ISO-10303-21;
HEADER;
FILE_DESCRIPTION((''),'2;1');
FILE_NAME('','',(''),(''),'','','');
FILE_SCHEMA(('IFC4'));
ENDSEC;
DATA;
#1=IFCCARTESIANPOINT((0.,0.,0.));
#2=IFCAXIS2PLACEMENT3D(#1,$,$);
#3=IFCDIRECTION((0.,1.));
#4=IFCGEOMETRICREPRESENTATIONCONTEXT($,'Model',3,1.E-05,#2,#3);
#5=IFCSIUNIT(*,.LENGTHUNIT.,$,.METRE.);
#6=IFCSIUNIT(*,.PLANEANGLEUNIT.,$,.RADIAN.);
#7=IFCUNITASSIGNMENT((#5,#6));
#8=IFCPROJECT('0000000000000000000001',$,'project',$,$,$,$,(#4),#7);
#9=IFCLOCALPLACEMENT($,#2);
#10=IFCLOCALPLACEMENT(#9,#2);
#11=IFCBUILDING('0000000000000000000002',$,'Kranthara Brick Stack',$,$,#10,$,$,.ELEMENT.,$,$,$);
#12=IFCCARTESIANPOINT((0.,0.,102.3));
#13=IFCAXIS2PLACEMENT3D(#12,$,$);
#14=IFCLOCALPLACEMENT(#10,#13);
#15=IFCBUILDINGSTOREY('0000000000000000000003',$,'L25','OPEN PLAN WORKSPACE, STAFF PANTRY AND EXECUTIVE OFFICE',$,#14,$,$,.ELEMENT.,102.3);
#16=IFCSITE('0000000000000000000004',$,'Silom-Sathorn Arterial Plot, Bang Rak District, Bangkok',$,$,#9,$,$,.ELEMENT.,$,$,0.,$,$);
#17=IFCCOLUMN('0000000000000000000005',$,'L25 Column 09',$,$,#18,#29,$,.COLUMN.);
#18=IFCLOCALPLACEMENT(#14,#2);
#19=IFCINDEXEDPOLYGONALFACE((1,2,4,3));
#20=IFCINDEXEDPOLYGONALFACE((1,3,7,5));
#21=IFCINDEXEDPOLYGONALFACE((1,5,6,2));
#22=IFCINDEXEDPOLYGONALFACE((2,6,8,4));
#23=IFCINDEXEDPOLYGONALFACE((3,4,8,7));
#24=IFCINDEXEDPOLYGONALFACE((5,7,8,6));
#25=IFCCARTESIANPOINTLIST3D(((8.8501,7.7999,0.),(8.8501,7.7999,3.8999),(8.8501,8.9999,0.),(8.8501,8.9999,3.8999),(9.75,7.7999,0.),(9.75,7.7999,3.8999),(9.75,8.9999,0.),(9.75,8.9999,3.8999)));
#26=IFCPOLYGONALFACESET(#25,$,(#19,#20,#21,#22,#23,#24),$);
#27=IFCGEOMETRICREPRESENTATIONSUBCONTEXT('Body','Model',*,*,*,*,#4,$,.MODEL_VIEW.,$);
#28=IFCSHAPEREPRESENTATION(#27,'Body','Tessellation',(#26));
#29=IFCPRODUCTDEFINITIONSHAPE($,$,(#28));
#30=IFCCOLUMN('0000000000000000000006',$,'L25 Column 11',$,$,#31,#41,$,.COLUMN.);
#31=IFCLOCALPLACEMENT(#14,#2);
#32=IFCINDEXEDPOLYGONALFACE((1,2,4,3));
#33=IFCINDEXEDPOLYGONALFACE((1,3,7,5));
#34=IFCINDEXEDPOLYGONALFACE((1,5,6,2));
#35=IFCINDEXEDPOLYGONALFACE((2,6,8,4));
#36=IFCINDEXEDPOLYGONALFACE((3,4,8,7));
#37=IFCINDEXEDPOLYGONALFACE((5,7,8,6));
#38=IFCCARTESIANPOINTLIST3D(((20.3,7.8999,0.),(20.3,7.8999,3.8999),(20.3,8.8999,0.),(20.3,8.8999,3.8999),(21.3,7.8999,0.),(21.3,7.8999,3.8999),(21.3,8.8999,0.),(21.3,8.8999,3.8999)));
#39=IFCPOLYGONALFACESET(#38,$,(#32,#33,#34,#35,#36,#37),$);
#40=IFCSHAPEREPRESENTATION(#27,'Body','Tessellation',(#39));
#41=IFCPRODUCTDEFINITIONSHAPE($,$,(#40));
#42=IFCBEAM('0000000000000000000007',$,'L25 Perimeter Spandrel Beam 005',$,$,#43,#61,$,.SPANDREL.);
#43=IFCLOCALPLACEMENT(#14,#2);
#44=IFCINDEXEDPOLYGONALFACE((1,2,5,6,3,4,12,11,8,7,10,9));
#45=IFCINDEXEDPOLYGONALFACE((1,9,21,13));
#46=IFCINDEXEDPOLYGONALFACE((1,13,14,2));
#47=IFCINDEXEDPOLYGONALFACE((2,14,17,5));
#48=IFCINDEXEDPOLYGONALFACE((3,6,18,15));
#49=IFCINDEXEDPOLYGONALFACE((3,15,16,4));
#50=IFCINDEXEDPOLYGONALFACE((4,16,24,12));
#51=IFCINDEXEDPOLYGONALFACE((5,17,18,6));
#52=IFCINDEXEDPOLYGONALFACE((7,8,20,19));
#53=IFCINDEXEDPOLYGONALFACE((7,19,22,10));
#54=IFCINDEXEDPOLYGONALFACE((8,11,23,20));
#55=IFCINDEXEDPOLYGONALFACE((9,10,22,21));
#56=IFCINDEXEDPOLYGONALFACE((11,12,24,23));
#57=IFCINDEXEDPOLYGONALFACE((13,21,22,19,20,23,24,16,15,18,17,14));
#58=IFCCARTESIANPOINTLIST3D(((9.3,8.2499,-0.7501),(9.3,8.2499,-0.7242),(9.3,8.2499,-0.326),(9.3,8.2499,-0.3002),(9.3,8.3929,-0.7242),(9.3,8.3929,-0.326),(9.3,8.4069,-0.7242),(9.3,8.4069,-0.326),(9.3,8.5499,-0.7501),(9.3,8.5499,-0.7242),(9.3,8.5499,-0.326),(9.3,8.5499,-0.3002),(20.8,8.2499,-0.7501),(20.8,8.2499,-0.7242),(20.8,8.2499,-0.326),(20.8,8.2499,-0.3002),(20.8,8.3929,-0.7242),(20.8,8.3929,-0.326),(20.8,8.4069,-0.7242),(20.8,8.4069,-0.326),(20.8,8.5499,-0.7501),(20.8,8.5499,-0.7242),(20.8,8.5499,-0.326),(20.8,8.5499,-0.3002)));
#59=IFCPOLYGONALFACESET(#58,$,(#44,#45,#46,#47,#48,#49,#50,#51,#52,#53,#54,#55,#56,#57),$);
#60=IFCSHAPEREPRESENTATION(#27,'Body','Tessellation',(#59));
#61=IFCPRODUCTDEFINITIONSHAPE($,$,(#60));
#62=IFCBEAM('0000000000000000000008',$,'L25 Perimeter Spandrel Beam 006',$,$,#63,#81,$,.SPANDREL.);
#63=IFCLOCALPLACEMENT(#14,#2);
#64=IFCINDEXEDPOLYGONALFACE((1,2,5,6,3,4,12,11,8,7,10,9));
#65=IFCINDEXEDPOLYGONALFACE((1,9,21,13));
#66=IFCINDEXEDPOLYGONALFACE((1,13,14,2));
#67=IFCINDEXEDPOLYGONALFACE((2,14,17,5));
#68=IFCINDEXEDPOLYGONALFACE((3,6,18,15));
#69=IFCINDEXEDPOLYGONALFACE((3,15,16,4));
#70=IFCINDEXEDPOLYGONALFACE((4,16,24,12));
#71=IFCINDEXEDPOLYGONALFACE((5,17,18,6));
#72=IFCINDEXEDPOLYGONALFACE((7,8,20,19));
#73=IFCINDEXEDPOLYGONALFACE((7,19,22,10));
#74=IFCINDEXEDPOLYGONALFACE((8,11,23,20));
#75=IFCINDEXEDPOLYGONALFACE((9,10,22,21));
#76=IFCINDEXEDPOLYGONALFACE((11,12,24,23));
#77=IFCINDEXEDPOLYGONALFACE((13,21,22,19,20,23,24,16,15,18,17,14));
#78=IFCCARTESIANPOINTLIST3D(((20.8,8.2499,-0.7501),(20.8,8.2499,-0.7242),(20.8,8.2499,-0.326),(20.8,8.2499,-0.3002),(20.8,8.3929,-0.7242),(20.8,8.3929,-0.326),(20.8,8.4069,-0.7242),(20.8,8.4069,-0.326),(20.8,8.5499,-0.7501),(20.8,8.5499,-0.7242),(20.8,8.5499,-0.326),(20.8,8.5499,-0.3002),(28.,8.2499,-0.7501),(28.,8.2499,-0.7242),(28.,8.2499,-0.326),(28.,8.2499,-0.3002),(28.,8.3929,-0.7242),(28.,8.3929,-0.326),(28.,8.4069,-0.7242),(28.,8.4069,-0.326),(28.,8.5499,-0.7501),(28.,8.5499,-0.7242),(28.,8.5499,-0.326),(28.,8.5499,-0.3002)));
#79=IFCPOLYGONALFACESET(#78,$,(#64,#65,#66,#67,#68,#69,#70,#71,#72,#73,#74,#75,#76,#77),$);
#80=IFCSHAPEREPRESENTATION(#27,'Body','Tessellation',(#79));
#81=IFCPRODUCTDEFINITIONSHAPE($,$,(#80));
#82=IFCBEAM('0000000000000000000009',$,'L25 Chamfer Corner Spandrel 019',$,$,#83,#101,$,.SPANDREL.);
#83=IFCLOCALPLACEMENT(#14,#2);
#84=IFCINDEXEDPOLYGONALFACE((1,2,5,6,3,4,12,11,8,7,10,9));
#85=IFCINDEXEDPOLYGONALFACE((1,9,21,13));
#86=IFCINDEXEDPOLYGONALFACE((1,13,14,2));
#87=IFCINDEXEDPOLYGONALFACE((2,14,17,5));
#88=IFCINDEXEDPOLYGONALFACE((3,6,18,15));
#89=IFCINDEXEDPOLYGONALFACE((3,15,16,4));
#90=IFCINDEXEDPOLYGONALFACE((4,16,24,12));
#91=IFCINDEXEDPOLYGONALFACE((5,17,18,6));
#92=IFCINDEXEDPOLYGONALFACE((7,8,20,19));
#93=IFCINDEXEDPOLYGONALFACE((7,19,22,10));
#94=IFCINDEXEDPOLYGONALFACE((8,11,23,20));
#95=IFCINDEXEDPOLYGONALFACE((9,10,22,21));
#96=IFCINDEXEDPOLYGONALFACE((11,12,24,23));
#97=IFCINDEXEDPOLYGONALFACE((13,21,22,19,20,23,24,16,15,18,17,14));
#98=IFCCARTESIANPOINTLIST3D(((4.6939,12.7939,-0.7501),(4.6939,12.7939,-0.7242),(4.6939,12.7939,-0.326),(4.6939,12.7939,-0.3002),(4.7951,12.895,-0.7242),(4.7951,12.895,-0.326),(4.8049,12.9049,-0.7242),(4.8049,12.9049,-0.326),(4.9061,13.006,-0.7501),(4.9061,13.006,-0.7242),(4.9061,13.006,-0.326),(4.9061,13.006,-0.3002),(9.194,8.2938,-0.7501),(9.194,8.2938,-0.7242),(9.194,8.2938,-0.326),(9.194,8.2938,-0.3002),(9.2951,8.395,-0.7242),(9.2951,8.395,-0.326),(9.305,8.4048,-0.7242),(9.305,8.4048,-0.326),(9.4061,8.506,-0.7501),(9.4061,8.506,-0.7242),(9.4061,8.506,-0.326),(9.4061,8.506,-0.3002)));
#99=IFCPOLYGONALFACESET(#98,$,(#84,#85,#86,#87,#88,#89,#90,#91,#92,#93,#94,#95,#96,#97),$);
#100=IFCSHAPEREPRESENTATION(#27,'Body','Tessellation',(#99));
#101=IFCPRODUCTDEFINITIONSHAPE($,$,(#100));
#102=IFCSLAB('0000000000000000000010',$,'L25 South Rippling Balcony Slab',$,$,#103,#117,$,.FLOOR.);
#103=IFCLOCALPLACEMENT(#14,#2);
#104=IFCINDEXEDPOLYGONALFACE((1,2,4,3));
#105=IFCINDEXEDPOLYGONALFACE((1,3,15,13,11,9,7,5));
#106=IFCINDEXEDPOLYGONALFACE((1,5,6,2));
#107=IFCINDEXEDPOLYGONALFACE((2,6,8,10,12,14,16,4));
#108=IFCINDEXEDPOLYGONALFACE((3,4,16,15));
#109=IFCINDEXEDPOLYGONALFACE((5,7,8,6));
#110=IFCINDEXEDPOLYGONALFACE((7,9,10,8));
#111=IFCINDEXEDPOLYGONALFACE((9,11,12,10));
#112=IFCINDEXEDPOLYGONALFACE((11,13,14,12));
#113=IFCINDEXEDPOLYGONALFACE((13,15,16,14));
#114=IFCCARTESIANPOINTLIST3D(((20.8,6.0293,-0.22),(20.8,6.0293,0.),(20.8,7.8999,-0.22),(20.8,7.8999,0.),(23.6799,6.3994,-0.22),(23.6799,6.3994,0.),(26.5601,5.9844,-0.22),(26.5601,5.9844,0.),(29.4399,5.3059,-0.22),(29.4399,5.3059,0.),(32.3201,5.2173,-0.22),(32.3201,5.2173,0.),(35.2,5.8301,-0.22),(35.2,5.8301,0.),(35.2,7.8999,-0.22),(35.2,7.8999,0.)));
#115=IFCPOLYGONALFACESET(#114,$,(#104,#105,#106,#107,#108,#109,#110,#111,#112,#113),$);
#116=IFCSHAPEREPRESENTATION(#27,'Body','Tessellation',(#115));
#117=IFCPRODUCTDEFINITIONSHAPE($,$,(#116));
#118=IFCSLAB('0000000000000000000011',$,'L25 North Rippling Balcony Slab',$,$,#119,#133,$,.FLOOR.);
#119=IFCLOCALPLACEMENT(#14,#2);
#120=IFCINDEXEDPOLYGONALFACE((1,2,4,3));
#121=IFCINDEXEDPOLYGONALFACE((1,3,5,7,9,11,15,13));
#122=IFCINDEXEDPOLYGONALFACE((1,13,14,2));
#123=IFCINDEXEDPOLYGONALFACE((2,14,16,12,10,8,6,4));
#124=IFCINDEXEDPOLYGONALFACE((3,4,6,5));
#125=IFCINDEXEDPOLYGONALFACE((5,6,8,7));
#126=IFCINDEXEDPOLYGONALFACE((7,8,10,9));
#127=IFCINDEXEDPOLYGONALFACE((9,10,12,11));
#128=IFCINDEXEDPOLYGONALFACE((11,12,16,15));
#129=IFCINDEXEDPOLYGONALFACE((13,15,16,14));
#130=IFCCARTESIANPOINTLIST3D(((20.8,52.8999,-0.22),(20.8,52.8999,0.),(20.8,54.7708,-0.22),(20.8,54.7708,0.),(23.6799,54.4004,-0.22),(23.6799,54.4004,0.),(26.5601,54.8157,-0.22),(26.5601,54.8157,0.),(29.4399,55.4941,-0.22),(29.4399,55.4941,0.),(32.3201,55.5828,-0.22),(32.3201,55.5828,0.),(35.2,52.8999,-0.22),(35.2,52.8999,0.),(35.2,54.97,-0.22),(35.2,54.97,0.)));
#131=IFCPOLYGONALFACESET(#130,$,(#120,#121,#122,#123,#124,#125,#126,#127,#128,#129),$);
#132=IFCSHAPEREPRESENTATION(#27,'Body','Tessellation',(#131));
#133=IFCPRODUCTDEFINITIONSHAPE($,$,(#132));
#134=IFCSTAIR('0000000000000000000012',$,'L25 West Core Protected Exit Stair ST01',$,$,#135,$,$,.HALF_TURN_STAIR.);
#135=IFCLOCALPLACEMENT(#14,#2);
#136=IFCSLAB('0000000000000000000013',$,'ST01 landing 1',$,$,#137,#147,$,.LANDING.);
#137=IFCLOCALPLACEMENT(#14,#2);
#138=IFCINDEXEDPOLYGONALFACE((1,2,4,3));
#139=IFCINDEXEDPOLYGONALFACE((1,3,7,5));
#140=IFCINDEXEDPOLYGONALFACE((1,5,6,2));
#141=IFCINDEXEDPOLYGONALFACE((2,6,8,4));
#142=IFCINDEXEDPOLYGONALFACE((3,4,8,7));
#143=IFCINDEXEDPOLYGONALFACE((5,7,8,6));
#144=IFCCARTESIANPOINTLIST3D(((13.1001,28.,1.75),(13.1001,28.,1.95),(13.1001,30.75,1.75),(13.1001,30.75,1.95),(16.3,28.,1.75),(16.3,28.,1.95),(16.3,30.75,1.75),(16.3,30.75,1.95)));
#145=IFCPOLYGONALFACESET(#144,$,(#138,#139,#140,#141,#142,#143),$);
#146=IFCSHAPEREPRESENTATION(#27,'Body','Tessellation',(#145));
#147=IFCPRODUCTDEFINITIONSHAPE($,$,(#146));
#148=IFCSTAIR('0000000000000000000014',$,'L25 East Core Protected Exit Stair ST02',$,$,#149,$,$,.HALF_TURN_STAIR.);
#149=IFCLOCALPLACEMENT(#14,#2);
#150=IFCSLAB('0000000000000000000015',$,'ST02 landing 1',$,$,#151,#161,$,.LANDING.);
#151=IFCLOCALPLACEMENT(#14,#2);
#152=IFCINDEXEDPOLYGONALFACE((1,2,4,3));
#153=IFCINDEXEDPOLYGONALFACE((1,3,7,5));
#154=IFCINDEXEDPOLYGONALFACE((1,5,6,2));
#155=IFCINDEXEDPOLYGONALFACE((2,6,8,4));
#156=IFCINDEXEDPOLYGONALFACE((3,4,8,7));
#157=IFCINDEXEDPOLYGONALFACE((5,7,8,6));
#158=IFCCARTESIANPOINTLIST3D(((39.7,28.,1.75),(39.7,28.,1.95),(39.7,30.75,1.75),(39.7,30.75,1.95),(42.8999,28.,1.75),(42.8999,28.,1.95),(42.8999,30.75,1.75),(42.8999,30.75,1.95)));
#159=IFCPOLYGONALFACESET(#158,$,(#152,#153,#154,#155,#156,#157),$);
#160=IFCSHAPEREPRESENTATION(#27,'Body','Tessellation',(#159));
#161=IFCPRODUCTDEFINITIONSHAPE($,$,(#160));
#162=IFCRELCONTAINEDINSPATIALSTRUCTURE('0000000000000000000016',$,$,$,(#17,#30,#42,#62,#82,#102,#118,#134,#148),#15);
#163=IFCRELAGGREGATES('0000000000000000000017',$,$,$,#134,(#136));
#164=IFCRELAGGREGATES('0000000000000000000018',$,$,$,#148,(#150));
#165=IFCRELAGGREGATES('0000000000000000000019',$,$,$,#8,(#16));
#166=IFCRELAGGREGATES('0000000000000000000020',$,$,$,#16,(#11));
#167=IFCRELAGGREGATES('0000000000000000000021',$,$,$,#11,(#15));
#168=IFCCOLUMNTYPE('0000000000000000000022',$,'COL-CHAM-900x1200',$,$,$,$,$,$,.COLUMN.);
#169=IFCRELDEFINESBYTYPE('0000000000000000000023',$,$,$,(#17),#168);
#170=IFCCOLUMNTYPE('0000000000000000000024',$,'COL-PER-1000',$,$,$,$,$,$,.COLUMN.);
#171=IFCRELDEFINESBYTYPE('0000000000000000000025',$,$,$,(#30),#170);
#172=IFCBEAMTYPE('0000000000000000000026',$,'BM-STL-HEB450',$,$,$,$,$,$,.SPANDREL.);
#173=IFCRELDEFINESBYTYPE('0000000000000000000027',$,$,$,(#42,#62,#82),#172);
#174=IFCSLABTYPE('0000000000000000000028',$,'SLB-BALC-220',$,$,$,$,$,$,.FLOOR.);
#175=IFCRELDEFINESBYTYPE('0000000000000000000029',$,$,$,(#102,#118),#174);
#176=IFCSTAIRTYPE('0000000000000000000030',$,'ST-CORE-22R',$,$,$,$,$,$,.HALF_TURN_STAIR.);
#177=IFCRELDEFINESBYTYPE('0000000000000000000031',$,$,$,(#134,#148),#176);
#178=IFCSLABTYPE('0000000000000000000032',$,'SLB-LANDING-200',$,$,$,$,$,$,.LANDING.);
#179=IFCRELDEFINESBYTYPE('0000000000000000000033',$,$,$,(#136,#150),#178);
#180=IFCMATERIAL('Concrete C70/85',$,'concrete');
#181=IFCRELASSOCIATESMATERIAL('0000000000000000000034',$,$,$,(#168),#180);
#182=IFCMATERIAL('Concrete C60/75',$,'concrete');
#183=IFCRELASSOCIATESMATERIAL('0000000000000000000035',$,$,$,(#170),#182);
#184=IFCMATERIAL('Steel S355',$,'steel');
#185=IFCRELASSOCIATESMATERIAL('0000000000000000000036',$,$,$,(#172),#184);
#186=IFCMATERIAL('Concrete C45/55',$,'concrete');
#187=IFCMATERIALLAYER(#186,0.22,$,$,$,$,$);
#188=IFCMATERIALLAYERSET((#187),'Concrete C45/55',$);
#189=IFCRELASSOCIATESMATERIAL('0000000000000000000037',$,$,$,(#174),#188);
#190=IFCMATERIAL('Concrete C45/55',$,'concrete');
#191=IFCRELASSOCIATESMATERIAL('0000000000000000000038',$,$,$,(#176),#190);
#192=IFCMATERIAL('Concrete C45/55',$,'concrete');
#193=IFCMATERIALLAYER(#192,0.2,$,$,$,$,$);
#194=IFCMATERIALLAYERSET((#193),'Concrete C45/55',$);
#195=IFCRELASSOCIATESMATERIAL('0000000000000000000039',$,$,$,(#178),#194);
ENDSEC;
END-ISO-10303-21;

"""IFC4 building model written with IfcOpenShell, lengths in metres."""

from ifc_helpers import new_model, si_unit, direction, frame, origin, origin_2d, place, context, subcontext, project, spatial, polyline, rectangle, i_section, outline, extrude, material, layer, layer_set, material_profile, profile_set, type_object, element, aggregate, save


model = new_model("IFC4")

# Units and contexts
model_context = context("Model", 3, precision=1e-05, world=origin(), true_north=direction((0.0, 1.0)))
body_context = subcontext(model_context, "Body", "Model", "MODEL_VIEW")
ifc_project = project(units=[si_unit("LENGTHUNIT", "METRE"), si_unit("PLANEANGLEUNIT", "RADIAN")], contexts=[model_context])

# Site, building, storey
site_placement = place(None, origin())
site = spatial("IfcSite", under=ifc_project, at=site_placement, Name="Silom-Sathorn Arterial Plot, Bang Rak District, Bangkok", CompositionType="ELEMENT", RefElevation=0.0)
building_placement = place(site_placement, origin())
building = spatial("IfcBuilding", under=site, at=building_placement, Name="Kranthara Brick Stack", CompositionType="ELEMENT")
storey_placement = place(building_placement, frame((0.0, 0.0, 102.3)))
storey = spatial("IfcBuildingStorey", under=building, at=storey_placement, Name="L25", Description="OPEN PLAN WORKSPACE, STAFF PANTRY AND EXECUTIVE OFFICE", CompositionType="ELEMENT", Elevation=102.3)

# Columns
ifc_material_1 = material(Name="Concrete C70/85", Category="concrete")
ifc_material_profile_1 = material_profile(ifc_material_1, rectangle(XDim=0.8999, YDim=1.2, at=origin_2d()), Name="RC 900x1200")
ifc_profile_set_1 = profile_set([ifc_material_profile_1], Name="Concrete C70/85")
column_type_1 = type_object("IfcColumnType", Name="COL-CHAM-900x1200", PredefinedType="COLUMN", material=ifc_profile_set_1)
column_1_placement = place(storey_placement, frame((9.3, 8.3999, 0.0), z_axis=(0.0, 0.0, 1.0), x_axis=(1.0, 0.0, 0.0)))
element("IfcColumn", 1, at=column_1_placement, inside=storey, type_object=column_type_1, Name="L25 Column 09", PredefinedType="COLUMN", context=body_context, shape_type="SweptSolid", body=[
    extrude(rectangle(XDim=0.8999, YDim=1.2, at=origin_2d()), origin(), (0.0, 0.0, 1.0), 3.8999),
])
ifc_material_2 = material(Name="Concrete C60/75", Category="concrete")
ifc_material_profile_2 = material_profile(ifc_material_2, rectangle(XDim=1.0, YDim=1.0, at=origin_2d()), Name="RC 1000x1000")
ifc_profile_set_2 = profile_set([ifc_material_profile_2], Name="Concrete C60/75")
column_type_2 = type_object("IfcColumnType", Name="COL-PER-1000", PredefinedType="COLUMN", material=ifc_profile_set_2)
column_2_placement = place(storey_placement, frame((20.8, 8.3999, 0.0), z_axis=(0.0, 0.0, 1.0), x_axis=(1.0, 0.0, 0.0)))
element("IfcColumn", 2, at=column_2_placement, inside=storey, type_object=column_type_2, Name="L25 Column 11", PredefinedType="COLUMN", context=body_context, shape_type="SweptSolid", body=[
    extrude(rectangle(XDim=1.0, YDim=1.0, at=origin_2d()), origin(), (0.0, 0.0, 1.0), 3.8999),
])

# Beams
ifc_material_3 = material(Name="Steel S355", Category="steel")
ifc_material_profile_3 = material_profile(ifc_material_3, i_section(OverallWidth=0.3, OverallDepth=0.45, WebThickness=0.0139, FlangeThickness=0.0259, at=origin_2d()), Name="HEB 450")
ifc_profile_set_3 = profile_set([ifc_material_profile_3], Name="Steel S355")
beam_type = type_object("IfcBeamType", Name="BM-STL-HEB450", PredefinedType="SPANDREL", material=ifc_profile_set_3)
beam_1_placement = place(storey_placement, frame((9.3, 8.3999, -0.5251), z_axis=(1.0, 0.0, 0.0), x_axis=(0.0, 1.0, 0.0)))
element("IfcBeam", 3, at=beam_1_placement, inside=storey, type_object=beam_type, Name="L25 Perimeter Spandrel Beam 005", PredefinedType="SPANDREL", context=body_context, shape_type="SweptSolid", body=[
    extrude(i_section(OverallWidth=0.3, OverallDepth=0.45, WebThickness=0.0139, FlangeThickness=0.0259, at=origin_2d()), origin(), (0.0, 0.0, 1.0), 11.5),
])
beam_2_placement = place(storey_placement, frame((20.8, 8.3999, -0.5251), z_axis=(1.0, 0.0, 0.0), x_axis=(0.0, 1.0, 0.0)))
element("IfcBeam", 4, at=beam_2_placement, inside=storey, type_object=beam_type, Name="L25 Perimeter Spandrel Beam 006", PredefinedType="SPANDREL", context=body_context, shape_type="SweptSolid", body=[
    extrude(i_section(OverallWidth=0.3, OverallDepth=0.45, WebThickness=0.0139, FlangeThickness=0.0259, at=origin_2d()), origin(), (0.0, 0.0, 1.0), 7.2),
])
beam_3_placement = place(storey_placement, frame((9.3, 8.3999, -0.5251), z_axis=(-0.707107, 0.707107, 0.0), x_axis=(-0.707107, -0.707107, 0.0)))
element("IfcBeam", 5, at=beam_3_placement, inside=storey, type_object=beam_type, Name="L25 Chamfer Corner Spandrel 019", PredefinedType="SPANDREL", context=body_context, shape_type="SweptSolid", body=[
    extrude(i_section(OverallWidth=0.3, OverallDepth=0.45, WebThickness=0.0139, FlangeThickness=0.0259, at=origin_2d()), origin(), (0.0, 0.0, 1.0), 6.364),
])

# Slabs
ifc_material_4 = material(Name="Concrete C45/55", Category="concrete")
ifc_layer_1 = layer(ifc_material_4, 0.22)
ifc_layer_set_1 = layer_set([ifc_layer_1], Name="Concrete C45/55")
slab_type_1 = type_object("IfcSlabType", Name="SLB-BALC-220", PredefinedType="FLOOR", material=ifc_layer_set_1)
slab_1_placement = place(storey_placement, frame((0.0, 0.0, -0.22)))
element("IfcSlab", 6, at=slab_1_placement, inside=storey, type_object=slab_type_1, Name="L25 South Rippling Balcony Slab", PredefinedType="FLOOR", context=body_context, shape_type="SweptSolid", body=[
    extrude(outline(polyline([(20.8, 7.8999), (35.2, 7.8999), (35.2, 5.8301), (32.3201, 5.2173), (29.4399, 5.3059), (26.5601, 5.9844), (23.6799, 6.3994), (20.8, 6.0293), (20.8, 7.8999)])), origin(), (0.0, 0.0, 1.0), 0.22),
])
slab_2_placement = place(storey_placement, frame((0.0, 0.0, -0.22)))
element("IfcSlab", 7, at=slab_2_placement, inside=storey, type_object=slab_type_1, Name="L25 North Rippling Balcony Slab", PredefinedType="FLOOR", context=body_context, shape_type="SweptSolid", body=[
    extrude(outline(polyline([(35.2, 52.8999), (20.8, 52.8999), (20.8, 54.7708), (23.6799, 54.4004), (26.5601, 54.8157), (29.4399, 55.4941), (32.3201, 55.5828), (35.2, 54.97), (35.2, 52.8999)])), origin(), (0.0, 0.0, 1.0), 0.22),
])

# Stairs, slabs
ifc_material_5 = material(Name="Concrete C45/55", Category="concrete")
stair_type = type_object("IfcStairType", Name="ST-CORE-22R", PredefinedType="HALF_TURN_STAIR", material=ifc_material_5)
stair_1_placement = place(storey_placement, origin())
stair_1 = element("IfcStair", 8, at=stair_1_placement, inside=storey, type_object=stair_type, Name="L25 West Core Protected Exit Stair ST01", PredefinedType="HALF_TURN_STAIR")
ifc_material_6 = material(Name="Concrete C45/55", Category="concrete")
ifc_layer_2 = layer(ifc_material_6, 0.2)
ifc_layer_set_2 = layer_set([ifc_layer_2], Name="Concrete C45/55")
slab_type_2 = type_object("IfcSlabType", Name="SLB-LANDING-200", PredefinedType="LANDING", material=ifc_layer_set_2)
slab_3_placement = place(storey_placement, frame((0.0, 0.0, 1.75)))
slab_3 = element("IfcSlab", 9, at=slab_3_placement, type_object=slab_type_2, Name="ST01 landing 1", PredefinedType="LANDING", context=body_context, shape_type="SweptSolid", body=[
    extrude(outline(polyline([(16.3, 28.0), (16.3, 30.75), (13.1001, 30.75), (13.1001, 28.0), (16.3, 28.0)])), origin(), (0.0, 0.0, 1.0), 0.2),
])
aggregate(stair_1, [slab_3])
stair_2_placement = place(storey_placement, origin())
stair_2 = element("IfcStair", 10, at=stair_2_placement, inside=storey, type_object=stair_type, Name="L25 East Core Protected Exit Stair ST02", PredefinedType="HALF_TURN_STAIR")
slab_4_placement = place(storey_placement, frame((0.0, 0.0, 1.75)))
slab_4 = element("IfcSlab", 11, at=slab_4_placement, type_object=slab_type_2, Name="ST02 landing 1", PredefinedType="LANDING", context=body_context, shape_type="SweptSolid", body=[
    extrude(outline(polyline([(42.8999, 28.0), (42.8999, 30.75), (39.7, 30.75), (39.7, 28.0), (42.8999, 28.0)])), origin(), (0.0, 0.0, 1.0), 0.2),
])
aggregate(stair_2, [slab_4])

save(model, "model.ifc")
